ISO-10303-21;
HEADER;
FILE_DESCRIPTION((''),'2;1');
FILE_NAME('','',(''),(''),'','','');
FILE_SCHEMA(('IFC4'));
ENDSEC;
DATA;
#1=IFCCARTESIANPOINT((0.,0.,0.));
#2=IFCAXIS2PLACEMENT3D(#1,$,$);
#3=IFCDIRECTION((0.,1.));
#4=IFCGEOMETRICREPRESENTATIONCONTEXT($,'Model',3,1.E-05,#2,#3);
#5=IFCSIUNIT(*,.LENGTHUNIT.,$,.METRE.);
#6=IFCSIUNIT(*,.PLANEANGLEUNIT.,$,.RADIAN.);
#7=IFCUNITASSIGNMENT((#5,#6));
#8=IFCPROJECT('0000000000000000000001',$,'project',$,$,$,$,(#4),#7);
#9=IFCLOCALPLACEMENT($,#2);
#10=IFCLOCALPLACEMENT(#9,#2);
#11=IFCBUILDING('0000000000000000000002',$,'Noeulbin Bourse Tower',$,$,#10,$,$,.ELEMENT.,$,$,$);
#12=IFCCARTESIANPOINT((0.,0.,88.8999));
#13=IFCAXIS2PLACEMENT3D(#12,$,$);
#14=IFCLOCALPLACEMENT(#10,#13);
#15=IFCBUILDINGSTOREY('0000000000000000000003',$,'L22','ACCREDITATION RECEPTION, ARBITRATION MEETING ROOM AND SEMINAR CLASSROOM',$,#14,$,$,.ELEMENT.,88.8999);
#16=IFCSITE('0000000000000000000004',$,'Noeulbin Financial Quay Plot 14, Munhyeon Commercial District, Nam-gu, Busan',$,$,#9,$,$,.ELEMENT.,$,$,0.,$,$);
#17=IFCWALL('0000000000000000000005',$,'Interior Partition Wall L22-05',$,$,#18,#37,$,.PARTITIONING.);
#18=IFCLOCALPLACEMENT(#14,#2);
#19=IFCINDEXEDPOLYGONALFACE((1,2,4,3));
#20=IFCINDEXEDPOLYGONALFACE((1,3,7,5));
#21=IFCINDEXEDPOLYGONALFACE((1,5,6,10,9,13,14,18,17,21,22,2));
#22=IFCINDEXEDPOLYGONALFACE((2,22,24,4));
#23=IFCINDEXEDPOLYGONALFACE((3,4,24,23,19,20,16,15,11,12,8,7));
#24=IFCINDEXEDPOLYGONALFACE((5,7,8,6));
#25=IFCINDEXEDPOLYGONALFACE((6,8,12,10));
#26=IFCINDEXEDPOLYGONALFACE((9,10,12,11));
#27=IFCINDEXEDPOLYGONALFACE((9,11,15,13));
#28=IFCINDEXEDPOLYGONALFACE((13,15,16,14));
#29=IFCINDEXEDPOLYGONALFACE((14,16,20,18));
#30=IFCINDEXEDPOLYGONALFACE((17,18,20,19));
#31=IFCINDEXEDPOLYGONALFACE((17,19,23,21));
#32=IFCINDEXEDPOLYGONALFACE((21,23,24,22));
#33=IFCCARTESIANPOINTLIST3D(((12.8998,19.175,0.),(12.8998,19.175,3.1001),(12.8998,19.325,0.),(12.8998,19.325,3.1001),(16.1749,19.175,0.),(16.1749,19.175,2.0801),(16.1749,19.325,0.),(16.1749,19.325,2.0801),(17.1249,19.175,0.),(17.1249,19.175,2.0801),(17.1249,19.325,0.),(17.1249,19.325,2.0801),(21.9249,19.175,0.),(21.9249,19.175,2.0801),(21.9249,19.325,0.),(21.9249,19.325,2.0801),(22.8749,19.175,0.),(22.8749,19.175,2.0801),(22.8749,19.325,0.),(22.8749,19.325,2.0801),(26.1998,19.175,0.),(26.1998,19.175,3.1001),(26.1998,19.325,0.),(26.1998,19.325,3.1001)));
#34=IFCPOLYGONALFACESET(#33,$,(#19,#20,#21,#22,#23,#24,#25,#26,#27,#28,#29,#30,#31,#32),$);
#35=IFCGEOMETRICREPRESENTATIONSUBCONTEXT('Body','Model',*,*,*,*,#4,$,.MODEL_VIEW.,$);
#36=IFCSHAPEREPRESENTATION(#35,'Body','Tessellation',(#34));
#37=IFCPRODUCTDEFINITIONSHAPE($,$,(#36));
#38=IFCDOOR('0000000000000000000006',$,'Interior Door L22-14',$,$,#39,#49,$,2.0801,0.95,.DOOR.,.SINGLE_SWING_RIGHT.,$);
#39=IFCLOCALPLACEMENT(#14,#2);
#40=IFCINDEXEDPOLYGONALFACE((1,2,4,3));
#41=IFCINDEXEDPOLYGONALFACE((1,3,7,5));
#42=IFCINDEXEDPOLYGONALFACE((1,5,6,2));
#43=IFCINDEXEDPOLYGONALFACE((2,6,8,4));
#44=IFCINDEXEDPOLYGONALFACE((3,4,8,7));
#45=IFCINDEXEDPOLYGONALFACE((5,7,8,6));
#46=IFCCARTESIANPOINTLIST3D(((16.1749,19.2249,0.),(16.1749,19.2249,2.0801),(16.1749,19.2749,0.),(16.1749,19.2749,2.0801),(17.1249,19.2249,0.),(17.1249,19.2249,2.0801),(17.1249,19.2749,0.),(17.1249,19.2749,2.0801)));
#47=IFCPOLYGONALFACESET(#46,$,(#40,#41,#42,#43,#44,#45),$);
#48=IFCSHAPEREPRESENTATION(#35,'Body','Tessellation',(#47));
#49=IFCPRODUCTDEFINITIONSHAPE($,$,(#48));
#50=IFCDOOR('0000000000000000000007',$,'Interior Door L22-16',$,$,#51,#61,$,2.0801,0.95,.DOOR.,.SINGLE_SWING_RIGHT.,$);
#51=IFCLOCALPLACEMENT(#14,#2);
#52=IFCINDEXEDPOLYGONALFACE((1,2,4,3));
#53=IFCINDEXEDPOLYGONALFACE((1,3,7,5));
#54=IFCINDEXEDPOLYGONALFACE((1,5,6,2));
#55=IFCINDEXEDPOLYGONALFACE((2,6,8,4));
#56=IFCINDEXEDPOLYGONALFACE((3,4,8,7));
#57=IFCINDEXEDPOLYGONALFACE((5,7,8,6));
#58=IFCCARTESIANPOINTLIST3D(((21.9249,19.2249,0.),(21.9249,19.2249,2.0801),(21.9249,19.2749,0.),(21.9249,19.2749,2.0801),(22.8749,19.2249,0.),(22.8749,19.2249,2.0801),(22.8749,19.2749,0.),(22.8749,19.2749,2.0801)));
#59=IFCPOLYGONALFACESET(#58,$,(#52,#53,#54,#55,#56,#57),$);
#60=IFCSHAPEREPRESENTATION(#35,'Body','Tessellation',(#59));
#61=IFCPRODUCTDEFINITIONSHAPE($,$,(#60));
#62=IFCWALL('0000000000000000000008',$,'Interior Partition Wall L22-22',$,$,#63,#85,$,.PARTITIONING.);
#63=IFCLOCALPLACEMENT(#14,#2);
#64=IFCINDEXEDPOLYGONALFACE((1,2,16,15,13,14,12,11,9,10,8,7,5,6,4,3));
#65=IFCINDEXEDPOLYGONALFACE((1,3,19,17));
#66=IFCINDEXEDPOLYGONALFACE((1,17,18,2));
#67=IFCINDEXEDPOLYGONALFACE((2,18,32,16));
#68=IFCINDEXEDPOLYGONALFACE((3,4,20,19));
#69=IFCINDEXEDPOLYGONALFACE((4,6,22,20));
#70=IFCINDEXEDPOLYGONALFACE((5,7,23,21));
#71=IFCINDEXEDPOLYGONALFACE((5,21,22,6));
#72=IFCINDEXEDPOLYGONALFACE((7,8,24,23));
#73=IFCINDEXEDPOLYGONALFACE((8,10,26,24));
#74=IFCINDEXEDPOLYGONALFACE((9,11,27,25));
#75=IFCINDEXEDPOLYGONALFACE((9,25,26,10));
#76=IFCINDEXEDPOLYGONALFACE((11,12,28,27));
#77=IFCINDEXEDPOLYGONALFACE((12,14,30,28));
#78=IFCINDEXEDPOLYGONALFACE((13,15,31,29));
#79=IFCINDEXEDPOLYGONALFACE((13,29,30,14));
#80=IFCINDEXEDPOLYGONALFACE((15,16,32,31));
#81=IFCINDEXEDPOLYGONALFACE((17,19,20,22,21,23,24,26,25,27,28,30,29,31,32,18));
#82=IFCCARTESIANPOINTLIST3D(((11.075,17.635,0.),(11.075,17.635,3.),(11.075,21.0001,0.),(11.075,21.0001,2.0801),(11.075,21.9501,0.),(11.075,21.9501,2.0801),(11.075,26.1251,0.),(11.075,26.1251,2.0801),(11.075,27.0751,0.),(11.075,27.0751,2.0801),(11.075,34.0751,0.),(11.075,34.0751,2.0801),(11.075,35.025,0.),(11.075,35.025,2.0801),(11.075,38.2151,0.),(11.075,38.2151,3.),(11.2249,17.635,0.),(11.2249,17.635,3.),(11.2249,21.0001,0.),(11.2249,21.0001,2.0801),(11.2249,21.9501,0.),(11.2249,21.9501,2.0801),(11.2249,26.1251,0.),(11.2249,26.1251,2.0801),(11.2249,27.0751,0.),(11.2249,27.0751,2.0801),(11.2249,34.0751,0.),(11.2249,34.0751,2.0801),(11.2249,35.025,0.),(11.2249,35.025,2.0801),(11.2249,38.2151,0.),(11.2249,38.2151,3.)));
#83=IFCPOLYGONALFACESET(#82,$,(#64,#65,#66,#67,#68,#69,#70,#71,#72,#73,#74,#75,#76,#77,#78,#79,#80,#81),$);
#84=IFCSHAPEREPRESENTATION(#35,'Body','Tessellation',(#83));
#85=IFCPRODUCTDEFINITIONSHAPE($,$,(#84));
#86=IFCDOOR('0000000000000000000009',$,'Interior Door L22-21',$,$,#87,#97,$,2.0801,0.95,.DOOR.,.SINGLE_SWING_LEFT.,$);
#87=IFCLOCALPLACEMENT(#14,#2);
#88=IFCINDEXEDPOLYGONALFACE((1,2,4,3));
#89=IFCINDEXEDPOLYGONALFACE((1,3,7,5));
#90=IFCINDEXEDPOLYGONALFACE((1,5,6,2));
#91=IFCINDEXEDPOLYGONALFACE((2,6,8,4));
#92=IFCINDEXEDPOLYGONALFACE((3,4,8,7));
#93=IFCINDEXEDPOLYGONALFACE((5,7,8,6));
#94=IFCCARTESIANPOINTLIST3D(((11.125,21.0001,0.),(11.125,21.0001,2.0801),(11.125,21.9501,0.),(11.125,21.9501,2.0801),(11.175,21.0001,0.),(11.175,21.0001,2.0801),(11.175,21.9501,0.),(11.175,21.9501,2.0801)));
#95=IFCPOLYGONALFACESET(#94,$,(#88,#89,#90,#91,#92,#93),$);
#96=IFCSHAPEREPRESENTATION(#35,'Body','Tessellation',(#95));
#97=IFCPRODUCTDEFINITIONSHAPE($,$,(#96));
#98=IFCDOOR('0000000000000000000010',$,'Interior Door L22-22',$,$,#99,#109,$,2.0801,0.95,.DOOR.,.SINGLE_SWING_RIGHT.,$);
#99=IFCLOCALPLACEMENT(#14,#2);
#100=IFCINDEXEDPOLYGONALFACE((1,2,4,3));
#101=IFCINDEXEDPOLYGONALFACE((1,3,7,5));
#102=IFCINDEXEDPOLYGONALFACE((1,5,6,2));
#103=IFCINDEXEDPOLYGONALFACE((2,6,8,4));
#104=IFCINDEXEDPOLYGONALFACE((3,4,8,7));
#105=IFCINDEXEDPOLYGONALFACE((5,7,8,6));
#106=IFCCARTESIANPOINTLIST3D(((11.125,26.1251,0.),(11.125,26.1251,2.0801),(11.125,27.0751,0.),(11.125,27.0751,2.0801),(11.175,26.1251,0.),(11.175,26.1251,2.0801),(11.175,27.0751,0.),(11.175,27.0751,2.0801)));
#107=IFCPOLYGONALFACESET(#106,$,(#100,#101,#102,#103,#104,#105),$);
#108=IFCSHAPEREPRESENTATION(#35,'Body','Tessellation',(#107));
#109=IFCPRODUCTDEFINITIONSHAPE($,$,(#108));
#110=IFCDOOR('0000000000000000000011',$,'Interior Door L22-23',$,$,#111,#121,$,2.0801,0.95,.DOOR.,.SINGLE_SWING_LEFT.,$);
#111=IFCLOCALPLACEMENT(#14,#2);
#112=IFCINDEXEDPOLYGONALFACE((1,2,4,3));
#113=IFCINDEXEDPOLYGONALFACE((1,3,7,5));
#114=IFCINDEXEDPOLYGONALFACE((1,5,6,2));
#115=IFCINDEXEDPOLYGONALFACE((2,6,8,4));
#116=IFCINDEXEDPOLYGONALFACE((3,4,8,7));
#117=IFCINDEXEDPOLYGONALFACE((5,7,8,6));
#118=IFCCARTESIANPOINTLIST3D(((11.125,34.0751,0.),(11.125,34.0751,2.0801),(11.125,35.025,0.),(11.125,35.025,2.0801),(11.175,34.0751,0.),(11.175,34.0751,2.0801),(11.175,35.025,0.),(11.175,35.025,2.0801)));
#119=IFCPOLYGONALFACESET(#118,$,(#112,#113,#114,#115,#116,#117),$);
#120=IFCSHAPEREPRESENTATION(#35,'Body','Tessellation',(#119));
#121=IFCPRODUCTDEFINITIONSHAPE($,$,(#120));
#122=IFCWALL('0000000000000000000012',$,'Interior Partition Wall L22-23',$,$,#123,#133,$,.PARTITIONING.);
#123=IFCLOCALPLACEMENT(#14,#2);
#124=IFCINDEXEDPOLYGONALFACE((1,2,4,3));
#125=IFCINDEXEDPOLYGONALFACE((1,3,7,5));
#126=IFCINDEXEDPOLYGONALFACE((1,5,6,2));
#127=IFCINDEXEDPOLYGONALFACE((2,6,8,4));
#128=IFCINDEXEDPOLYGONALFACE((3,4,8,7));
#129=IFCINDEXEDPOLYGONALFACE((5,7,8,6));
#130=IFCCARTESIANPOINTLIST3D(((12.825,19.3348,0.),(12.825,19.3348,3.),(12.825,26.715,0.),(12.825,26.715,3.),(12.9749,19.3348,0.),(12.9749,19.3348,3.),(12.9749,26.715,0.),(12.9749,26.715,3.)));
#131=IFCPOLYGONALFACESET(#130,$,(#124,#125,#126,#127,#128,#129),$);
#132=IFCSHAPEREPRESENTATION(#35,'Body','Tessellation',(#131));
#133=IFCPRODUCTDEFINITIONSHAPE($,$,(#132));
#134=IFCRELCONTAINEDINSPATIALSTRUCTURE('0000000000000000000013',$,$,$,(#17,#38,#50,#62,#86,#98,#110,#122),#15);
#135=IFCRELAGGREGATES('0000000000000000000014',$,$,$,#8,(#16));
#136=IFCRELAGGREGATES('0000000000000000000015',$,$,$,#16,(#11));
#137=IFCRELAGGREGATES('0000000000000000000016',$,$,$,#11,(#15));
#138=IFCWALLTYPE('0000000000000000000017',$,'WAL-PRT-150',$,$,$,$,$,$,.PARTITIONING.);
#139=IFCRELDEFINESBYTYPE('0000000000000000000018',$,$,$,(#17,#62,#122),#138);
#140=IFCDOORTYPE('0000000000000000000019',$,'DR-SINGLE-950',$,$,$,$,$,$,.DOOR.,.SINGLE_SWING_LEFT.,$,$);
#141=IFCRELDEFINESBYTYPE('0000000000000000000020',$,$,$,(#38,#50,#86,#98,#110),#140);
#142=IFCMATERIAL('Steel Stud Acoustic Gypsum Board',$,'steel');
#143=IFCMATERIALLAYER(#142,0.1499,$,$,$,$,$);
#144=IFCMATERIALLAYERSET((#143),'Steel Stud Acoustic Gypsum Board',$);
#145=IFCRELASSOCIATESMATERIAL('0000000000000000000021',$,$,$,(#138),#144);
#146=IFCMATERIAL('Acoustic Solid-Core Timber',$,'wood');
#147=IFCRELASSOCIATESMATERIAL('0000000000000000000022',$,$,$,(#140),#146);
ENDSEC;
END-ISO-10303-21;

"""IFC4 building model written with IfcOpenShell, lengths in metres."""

from ifc_helpers import new_model, si_unit, direction, frame, frame_2d, origin, place, context, subcontext, project, spatial, rectangle, extrude, material, layer, layer_set, type_object, element, fill, save


model = new_model("IFC4")

# Units and contexts
model_context = context("Model", 3, precision=1e-05, world=origin(), true_north=direction((0.0, 1.0)))
body_context = subcontext(model_context, "Body", "Model", "MODEL_VIEW")
ifc_project = project(units=[si_unit("LENGTHUNIT", "METRE"), si_unit("PLANEANGLEUNIT", "RADIAN")], contexts=[model_context])

# Site, building, storey
site_placement = place(None, origin())
site = spatial("IfcSite", under=ifc_project, at=site_placement, Name="Noeulbin Financial Quay Plot 14, Munhyeon Commercial District, Nam-gu, Busan", CompositionType="ELEMENT", RefElevation=0.0)
building_placement = place(site_placement, origin())
building = spatial("IfcBuilding", under=site, at=building_placement, Name="Noeulbin Bourse Tower", CompositionType="ELEMENT")
storey_placement = place(building_placement, frame((0.0, 0.0, 88.8999)))
storey = spatial("IfcBuildingStorey", under=building, at=storey_placement, Name="L22", Description="ACCREDITATION RECEPTION, ARBITRATION MEETING ROOM AND SEMINAR CLASSROOM", CompositionType="ELEMENT", Elevation=88.8999)

# Walls, openings, doors
ifc_material_1 = material(Name="Steel Stud Acoustic Gypsum Board", Category="steel")
ifc_layer_1 = layer(ifc_material_1, 0.1499)
ifc_layer_set_1 = layer_set([ifc_layer_1], Name="Steel Stud Acoustic Gypsum Board")
wall_type = type_object("IfcWallType", Name="WAL-PRT-150", PredefinedType="PARTITIONING", material=ifc_layer_set_1)
ifc_material_2 = material(Name="Acoustic Solid-Core Timber", Category="wood")
door_type = type_object("IfcDoorType", Name="DR-SINGLE-950", OperationType="SINGLE_SWING_LEFT", PredefinedType="DOOR", material=ifc_material_2)
wall_1_placement = place(storey_placement, frame((12.8999, 19.25, 0.0), z_axis=(0.0, 0.0, 1.0), x_axis=(1.0, 0.0, 0.0)))
wall_1 = element("IfcWall", 1, at=wall_1_placement, inside=storey, type_object=wall_type, Name="Interior Partition Wall L22-05", PredefinedType="PARTITIONING", context=body_context, shape_type="SweptSolid", body=[
    extrude(rectangle(XDim=13.3, YDim=0.1499, at=frame_2d((6.6499, 0.0))), origin(), (0.0, 0.0, 1.0), 3.1001),
])
opening_1_placement = place(wall_1_placement, frame((3.2749, 0.0, 0.0)))
opening_1 = element("IfcOpeningElement", 2, at=opening_1_placement, cuts=wall_1, PredefinedType="OPENING", context=body_context, shape_type="SweptSolid", body=[
    extrude(rectangle(XDim=0.95, YDim=2.0801, at=frame_2d((0.4751, 1.04))), frame((0.0, 0.085, 0.0), z_axis=(0.0, -1.0, 0.0), x_axis=(1.0, 0.0, 0.0)), (0.0, 0.0, 1.0), 0.1699),
])
opening_2_placement = place(wall_1_placement, frame((9.0249, 0.0, 0.0)))
opening_2 = element("IfcOpeningElement", 3, at=opening_2_placement, cuts=wall_1, PredefinedType="OPENING", context=body_context, shape_type="SweptSolid", body=[
    extrude(rectangle(XDim=0.95, YDim=2.0801, at=frame_2d((0.4751, 1.04))), frame((0.0, 0.085, 0.0), z_axis=(0.0, -1.0, 0.0), x_axis=(1.0, 0.0, 0.0)), (0.0, 0.0, 1.0), 0.1699),
])
door_1_placement = place(opening_1_placement, origin())
door_1 = element("IfcDoor", 4, at=door_1_placement, inside=storey, type_object=door_type, Name="Interior Door L22-14", OperationType="SINGLE_SWING_RIGHT", OverallHeight=2.0801, OverallWidth=0.95, PredefinedType="DOOR", context=body_context, shape_type="SweptSolid", body=[
    extrude(rectangle(XDim=0.95, YDim=2.0801, at=frame_2d((0.4751, 1.04))), frame((0.0, 0.0249, 0.0), z_axis=(0.0, -1.0, 0.0), x_axis=(1.0, 0.0, 0.0)), (0.0, 0.0, 1.0), 0.05),
])
fill(opening_1, door_1)
door_2_placement = place(opening_2_placement, origin())
door_2 = element("IfcDoor", 5, at=door_2_placement, inside=storey, type_object=door_type, Name="Interior Door L22-16", OperationType="SINGLE_SWING_RIGHT", OverallHeight=2.0801, OverallWidth=0.95, PredefinedType="DOOR", context=body_context, shape_type="SweptSolid", body=[
    extrude(rectangle(XDim=0.95, YDim=2.0801, at=frame_2d((0.4751, 1.04))), frame((0.0, 0.0249, 0.0), z_axis=(0.0, -1.0, 0.0), x_axis=(1.0, 0.0, 0.0)), (0.0, 0.0, 1.0), 0.05),
])
fill(opening_2, door_2)
wall_2_placement = place(storey_placement, frame((11.1499, 17.635, 0.0), z_axis=(0.0, 0.0, 1.0), x_axis=(0.0, 1.0, 0.0)))
wall_2 = element("IfcWall", 6, at=wall_2_placement, inside=storey, type_object=wall_type, Name="Interior Partition Wall L22-22", PredefinedType="PARTITIONING", context=body_context, shape_type="SweptSolid", body=[
    extrude(rectangle(XDim=20.5801, YDim=0.1499, at=frame_2d((10.29, 0.0))), origin(), (0.0, 0.0, 1.0), 3.0),
])
opening_3_placement = place(wall_2_placement, frame((3.365, 0.0, 0.0)))
opening_3 = element("IfcOpeningElement", 7, at=opening_3_placement, cuts=wall_2, PredefinedType="OPENING", context=body_context, shape_type="SweptSolid", body=[
    extrude(rectangle(XDim=0.95, YDim=2.0801, at=frame_2d((0.4751, 1.04))), frame((0.0, 0.085, 0.0), z_axis=(0.0, -1.0, 0.0), x_axis=(1.0, 0.0, 0.0)), (0.0, 0.0, 1.0), 0.1699),
])
opening_4_placement = place(wall_2_placement, frame((8.49, 0.0, 0.0)))
opening_4 = element("IfcOpeningElement", 8, at=opening_4_placement, cuts=wall_2, PredefinedType="OPENING", context=body_context, shape_type="SweptSolid", body=[
    extrude(rectangle(XDim=0.95, YDim=2.0801, at=frame_2d((0.4751, 1.04))), frame((0.0, 0.085, 0.0), z_axis=(0.0, -1.0, 0.0), x_axis=(1.0, 0.0, 0.0)), (0.0, 0.0, 1.0), 0.1699),
])
opening_5_placement = place(wall_2_placement, frame((16.4399, 0.0, 0.0)))
opening_5 = element("IfcOpeningElement", 9, at=opening_5_placement, cuts=wall_2, PredefinedType="OPENING", context=body_context, shape_type="SweptSolid", body=[
    extrude(rectangle(XDim=0.95, YDim=2.0801, at=frame_2d((0.4751, 1.04))), frame((0.0, 0.085, 0.0), z_axis=(0.0, -1.0, 0.0), x_axis=(1.0, 0.0, 0.0)), (0.0, 0.0, 1.0), 0.1699),
])
door_3_placement = place(opening_3_placement, origin())
door_3 = element("IfcDoor", 10, at=door_3_placement, inside=storey, type_object=door_type, Name="Interior Door L22-21", OperationType="SINGLE_SWING_LEFT", OverallHeight=2.0801, OverallWidth=0.95, PredefinedType="DOOR", context=body_context, shape_type="SweptSolid", body=[
    extrude(rectangle(XDim=0.95, YDim=2.0801, at=frame_2d((0.4751, 1.04))), frame((0.0, 0.0249, 0.0), z_axis=(0.0, -1.0, 0.0), x_axis=(1.0, 0.0, 0.0)), (0.0, 0.0, 1.0), 0.05),
])
fill(opening_3, door_3)
door_4_placement = place(opening_4_placement, origin())
door_4 = element("IfcDoor", 11, at=door_4_placement, inside=storey, type_object=door_type, Name="Interior Door L22-22", OperationType="SINGLE_SWING_RIGHT", OverallHeight=2.0801, OverallWidth=0.95, PredefinedType="DOOR", context=body_context, shape_type="SweptSolid", body=[
    extrude(rectangle(XDim=0.95, YDim=2.0801, at=frame_2d((0.4751, 1.04))), frame((0.0, 0.0249, 0.0), z_axis=(0.0, -1.0, 0.0), x_axis=(1.0, 0.0, 0.0)), (0.0, 0.0, 1.0), 0.05),
])
fill(opening_4, door_4)
door_5_placement = place(opening_5_placement, origin())
door_5 = element("IfcDoor", 12, at=door_5_placement, inside=storey, type_object=door_type, Name="Interior Door L22-23", OperationType="SINGLE_SWING_LEFT", OverallHeight=2.0801, OverallWidth=0.95, PredefinedType="DOOR", context=body_context, shape_type="SweptSolid", body=[
    extrude(rectangle(XDim=0.95, YDim=2.0801, at=frame_2d((0.4751, 1.04))), frame((0.0, 0.0249, 0.0), z_axis=(0.0, -1.0, 0.0), x_axis=(1.0, 0.0, 0.0)), (0.0, 0.0, 1.0), 0.05),
])
fill(opening_5, door_5)

# Wall
wall_3_placement = place(storey_placement, frame((12.8999, 19.335, 0.0), z_axis=(0.0, 0.0, 1.0), x_axis=(0.0, 1.0, 0.0)))
element("IfcWall", 13, at=wall_3_placement, inside=storey, type_object=wall_type, Name="Interior Partition Wall L22-23", PredefinedType="PARTITIONING", context=body_context, shape_type="SweptSolid", body=[
    extrude(rectangle(XDim=7.3801, YDim=0.1499, at=frame_2d((3.6899, 0.0))), origin(), (0.0, 0.0, 1.0), 3.0),
])

save(model, "model.ifc")
